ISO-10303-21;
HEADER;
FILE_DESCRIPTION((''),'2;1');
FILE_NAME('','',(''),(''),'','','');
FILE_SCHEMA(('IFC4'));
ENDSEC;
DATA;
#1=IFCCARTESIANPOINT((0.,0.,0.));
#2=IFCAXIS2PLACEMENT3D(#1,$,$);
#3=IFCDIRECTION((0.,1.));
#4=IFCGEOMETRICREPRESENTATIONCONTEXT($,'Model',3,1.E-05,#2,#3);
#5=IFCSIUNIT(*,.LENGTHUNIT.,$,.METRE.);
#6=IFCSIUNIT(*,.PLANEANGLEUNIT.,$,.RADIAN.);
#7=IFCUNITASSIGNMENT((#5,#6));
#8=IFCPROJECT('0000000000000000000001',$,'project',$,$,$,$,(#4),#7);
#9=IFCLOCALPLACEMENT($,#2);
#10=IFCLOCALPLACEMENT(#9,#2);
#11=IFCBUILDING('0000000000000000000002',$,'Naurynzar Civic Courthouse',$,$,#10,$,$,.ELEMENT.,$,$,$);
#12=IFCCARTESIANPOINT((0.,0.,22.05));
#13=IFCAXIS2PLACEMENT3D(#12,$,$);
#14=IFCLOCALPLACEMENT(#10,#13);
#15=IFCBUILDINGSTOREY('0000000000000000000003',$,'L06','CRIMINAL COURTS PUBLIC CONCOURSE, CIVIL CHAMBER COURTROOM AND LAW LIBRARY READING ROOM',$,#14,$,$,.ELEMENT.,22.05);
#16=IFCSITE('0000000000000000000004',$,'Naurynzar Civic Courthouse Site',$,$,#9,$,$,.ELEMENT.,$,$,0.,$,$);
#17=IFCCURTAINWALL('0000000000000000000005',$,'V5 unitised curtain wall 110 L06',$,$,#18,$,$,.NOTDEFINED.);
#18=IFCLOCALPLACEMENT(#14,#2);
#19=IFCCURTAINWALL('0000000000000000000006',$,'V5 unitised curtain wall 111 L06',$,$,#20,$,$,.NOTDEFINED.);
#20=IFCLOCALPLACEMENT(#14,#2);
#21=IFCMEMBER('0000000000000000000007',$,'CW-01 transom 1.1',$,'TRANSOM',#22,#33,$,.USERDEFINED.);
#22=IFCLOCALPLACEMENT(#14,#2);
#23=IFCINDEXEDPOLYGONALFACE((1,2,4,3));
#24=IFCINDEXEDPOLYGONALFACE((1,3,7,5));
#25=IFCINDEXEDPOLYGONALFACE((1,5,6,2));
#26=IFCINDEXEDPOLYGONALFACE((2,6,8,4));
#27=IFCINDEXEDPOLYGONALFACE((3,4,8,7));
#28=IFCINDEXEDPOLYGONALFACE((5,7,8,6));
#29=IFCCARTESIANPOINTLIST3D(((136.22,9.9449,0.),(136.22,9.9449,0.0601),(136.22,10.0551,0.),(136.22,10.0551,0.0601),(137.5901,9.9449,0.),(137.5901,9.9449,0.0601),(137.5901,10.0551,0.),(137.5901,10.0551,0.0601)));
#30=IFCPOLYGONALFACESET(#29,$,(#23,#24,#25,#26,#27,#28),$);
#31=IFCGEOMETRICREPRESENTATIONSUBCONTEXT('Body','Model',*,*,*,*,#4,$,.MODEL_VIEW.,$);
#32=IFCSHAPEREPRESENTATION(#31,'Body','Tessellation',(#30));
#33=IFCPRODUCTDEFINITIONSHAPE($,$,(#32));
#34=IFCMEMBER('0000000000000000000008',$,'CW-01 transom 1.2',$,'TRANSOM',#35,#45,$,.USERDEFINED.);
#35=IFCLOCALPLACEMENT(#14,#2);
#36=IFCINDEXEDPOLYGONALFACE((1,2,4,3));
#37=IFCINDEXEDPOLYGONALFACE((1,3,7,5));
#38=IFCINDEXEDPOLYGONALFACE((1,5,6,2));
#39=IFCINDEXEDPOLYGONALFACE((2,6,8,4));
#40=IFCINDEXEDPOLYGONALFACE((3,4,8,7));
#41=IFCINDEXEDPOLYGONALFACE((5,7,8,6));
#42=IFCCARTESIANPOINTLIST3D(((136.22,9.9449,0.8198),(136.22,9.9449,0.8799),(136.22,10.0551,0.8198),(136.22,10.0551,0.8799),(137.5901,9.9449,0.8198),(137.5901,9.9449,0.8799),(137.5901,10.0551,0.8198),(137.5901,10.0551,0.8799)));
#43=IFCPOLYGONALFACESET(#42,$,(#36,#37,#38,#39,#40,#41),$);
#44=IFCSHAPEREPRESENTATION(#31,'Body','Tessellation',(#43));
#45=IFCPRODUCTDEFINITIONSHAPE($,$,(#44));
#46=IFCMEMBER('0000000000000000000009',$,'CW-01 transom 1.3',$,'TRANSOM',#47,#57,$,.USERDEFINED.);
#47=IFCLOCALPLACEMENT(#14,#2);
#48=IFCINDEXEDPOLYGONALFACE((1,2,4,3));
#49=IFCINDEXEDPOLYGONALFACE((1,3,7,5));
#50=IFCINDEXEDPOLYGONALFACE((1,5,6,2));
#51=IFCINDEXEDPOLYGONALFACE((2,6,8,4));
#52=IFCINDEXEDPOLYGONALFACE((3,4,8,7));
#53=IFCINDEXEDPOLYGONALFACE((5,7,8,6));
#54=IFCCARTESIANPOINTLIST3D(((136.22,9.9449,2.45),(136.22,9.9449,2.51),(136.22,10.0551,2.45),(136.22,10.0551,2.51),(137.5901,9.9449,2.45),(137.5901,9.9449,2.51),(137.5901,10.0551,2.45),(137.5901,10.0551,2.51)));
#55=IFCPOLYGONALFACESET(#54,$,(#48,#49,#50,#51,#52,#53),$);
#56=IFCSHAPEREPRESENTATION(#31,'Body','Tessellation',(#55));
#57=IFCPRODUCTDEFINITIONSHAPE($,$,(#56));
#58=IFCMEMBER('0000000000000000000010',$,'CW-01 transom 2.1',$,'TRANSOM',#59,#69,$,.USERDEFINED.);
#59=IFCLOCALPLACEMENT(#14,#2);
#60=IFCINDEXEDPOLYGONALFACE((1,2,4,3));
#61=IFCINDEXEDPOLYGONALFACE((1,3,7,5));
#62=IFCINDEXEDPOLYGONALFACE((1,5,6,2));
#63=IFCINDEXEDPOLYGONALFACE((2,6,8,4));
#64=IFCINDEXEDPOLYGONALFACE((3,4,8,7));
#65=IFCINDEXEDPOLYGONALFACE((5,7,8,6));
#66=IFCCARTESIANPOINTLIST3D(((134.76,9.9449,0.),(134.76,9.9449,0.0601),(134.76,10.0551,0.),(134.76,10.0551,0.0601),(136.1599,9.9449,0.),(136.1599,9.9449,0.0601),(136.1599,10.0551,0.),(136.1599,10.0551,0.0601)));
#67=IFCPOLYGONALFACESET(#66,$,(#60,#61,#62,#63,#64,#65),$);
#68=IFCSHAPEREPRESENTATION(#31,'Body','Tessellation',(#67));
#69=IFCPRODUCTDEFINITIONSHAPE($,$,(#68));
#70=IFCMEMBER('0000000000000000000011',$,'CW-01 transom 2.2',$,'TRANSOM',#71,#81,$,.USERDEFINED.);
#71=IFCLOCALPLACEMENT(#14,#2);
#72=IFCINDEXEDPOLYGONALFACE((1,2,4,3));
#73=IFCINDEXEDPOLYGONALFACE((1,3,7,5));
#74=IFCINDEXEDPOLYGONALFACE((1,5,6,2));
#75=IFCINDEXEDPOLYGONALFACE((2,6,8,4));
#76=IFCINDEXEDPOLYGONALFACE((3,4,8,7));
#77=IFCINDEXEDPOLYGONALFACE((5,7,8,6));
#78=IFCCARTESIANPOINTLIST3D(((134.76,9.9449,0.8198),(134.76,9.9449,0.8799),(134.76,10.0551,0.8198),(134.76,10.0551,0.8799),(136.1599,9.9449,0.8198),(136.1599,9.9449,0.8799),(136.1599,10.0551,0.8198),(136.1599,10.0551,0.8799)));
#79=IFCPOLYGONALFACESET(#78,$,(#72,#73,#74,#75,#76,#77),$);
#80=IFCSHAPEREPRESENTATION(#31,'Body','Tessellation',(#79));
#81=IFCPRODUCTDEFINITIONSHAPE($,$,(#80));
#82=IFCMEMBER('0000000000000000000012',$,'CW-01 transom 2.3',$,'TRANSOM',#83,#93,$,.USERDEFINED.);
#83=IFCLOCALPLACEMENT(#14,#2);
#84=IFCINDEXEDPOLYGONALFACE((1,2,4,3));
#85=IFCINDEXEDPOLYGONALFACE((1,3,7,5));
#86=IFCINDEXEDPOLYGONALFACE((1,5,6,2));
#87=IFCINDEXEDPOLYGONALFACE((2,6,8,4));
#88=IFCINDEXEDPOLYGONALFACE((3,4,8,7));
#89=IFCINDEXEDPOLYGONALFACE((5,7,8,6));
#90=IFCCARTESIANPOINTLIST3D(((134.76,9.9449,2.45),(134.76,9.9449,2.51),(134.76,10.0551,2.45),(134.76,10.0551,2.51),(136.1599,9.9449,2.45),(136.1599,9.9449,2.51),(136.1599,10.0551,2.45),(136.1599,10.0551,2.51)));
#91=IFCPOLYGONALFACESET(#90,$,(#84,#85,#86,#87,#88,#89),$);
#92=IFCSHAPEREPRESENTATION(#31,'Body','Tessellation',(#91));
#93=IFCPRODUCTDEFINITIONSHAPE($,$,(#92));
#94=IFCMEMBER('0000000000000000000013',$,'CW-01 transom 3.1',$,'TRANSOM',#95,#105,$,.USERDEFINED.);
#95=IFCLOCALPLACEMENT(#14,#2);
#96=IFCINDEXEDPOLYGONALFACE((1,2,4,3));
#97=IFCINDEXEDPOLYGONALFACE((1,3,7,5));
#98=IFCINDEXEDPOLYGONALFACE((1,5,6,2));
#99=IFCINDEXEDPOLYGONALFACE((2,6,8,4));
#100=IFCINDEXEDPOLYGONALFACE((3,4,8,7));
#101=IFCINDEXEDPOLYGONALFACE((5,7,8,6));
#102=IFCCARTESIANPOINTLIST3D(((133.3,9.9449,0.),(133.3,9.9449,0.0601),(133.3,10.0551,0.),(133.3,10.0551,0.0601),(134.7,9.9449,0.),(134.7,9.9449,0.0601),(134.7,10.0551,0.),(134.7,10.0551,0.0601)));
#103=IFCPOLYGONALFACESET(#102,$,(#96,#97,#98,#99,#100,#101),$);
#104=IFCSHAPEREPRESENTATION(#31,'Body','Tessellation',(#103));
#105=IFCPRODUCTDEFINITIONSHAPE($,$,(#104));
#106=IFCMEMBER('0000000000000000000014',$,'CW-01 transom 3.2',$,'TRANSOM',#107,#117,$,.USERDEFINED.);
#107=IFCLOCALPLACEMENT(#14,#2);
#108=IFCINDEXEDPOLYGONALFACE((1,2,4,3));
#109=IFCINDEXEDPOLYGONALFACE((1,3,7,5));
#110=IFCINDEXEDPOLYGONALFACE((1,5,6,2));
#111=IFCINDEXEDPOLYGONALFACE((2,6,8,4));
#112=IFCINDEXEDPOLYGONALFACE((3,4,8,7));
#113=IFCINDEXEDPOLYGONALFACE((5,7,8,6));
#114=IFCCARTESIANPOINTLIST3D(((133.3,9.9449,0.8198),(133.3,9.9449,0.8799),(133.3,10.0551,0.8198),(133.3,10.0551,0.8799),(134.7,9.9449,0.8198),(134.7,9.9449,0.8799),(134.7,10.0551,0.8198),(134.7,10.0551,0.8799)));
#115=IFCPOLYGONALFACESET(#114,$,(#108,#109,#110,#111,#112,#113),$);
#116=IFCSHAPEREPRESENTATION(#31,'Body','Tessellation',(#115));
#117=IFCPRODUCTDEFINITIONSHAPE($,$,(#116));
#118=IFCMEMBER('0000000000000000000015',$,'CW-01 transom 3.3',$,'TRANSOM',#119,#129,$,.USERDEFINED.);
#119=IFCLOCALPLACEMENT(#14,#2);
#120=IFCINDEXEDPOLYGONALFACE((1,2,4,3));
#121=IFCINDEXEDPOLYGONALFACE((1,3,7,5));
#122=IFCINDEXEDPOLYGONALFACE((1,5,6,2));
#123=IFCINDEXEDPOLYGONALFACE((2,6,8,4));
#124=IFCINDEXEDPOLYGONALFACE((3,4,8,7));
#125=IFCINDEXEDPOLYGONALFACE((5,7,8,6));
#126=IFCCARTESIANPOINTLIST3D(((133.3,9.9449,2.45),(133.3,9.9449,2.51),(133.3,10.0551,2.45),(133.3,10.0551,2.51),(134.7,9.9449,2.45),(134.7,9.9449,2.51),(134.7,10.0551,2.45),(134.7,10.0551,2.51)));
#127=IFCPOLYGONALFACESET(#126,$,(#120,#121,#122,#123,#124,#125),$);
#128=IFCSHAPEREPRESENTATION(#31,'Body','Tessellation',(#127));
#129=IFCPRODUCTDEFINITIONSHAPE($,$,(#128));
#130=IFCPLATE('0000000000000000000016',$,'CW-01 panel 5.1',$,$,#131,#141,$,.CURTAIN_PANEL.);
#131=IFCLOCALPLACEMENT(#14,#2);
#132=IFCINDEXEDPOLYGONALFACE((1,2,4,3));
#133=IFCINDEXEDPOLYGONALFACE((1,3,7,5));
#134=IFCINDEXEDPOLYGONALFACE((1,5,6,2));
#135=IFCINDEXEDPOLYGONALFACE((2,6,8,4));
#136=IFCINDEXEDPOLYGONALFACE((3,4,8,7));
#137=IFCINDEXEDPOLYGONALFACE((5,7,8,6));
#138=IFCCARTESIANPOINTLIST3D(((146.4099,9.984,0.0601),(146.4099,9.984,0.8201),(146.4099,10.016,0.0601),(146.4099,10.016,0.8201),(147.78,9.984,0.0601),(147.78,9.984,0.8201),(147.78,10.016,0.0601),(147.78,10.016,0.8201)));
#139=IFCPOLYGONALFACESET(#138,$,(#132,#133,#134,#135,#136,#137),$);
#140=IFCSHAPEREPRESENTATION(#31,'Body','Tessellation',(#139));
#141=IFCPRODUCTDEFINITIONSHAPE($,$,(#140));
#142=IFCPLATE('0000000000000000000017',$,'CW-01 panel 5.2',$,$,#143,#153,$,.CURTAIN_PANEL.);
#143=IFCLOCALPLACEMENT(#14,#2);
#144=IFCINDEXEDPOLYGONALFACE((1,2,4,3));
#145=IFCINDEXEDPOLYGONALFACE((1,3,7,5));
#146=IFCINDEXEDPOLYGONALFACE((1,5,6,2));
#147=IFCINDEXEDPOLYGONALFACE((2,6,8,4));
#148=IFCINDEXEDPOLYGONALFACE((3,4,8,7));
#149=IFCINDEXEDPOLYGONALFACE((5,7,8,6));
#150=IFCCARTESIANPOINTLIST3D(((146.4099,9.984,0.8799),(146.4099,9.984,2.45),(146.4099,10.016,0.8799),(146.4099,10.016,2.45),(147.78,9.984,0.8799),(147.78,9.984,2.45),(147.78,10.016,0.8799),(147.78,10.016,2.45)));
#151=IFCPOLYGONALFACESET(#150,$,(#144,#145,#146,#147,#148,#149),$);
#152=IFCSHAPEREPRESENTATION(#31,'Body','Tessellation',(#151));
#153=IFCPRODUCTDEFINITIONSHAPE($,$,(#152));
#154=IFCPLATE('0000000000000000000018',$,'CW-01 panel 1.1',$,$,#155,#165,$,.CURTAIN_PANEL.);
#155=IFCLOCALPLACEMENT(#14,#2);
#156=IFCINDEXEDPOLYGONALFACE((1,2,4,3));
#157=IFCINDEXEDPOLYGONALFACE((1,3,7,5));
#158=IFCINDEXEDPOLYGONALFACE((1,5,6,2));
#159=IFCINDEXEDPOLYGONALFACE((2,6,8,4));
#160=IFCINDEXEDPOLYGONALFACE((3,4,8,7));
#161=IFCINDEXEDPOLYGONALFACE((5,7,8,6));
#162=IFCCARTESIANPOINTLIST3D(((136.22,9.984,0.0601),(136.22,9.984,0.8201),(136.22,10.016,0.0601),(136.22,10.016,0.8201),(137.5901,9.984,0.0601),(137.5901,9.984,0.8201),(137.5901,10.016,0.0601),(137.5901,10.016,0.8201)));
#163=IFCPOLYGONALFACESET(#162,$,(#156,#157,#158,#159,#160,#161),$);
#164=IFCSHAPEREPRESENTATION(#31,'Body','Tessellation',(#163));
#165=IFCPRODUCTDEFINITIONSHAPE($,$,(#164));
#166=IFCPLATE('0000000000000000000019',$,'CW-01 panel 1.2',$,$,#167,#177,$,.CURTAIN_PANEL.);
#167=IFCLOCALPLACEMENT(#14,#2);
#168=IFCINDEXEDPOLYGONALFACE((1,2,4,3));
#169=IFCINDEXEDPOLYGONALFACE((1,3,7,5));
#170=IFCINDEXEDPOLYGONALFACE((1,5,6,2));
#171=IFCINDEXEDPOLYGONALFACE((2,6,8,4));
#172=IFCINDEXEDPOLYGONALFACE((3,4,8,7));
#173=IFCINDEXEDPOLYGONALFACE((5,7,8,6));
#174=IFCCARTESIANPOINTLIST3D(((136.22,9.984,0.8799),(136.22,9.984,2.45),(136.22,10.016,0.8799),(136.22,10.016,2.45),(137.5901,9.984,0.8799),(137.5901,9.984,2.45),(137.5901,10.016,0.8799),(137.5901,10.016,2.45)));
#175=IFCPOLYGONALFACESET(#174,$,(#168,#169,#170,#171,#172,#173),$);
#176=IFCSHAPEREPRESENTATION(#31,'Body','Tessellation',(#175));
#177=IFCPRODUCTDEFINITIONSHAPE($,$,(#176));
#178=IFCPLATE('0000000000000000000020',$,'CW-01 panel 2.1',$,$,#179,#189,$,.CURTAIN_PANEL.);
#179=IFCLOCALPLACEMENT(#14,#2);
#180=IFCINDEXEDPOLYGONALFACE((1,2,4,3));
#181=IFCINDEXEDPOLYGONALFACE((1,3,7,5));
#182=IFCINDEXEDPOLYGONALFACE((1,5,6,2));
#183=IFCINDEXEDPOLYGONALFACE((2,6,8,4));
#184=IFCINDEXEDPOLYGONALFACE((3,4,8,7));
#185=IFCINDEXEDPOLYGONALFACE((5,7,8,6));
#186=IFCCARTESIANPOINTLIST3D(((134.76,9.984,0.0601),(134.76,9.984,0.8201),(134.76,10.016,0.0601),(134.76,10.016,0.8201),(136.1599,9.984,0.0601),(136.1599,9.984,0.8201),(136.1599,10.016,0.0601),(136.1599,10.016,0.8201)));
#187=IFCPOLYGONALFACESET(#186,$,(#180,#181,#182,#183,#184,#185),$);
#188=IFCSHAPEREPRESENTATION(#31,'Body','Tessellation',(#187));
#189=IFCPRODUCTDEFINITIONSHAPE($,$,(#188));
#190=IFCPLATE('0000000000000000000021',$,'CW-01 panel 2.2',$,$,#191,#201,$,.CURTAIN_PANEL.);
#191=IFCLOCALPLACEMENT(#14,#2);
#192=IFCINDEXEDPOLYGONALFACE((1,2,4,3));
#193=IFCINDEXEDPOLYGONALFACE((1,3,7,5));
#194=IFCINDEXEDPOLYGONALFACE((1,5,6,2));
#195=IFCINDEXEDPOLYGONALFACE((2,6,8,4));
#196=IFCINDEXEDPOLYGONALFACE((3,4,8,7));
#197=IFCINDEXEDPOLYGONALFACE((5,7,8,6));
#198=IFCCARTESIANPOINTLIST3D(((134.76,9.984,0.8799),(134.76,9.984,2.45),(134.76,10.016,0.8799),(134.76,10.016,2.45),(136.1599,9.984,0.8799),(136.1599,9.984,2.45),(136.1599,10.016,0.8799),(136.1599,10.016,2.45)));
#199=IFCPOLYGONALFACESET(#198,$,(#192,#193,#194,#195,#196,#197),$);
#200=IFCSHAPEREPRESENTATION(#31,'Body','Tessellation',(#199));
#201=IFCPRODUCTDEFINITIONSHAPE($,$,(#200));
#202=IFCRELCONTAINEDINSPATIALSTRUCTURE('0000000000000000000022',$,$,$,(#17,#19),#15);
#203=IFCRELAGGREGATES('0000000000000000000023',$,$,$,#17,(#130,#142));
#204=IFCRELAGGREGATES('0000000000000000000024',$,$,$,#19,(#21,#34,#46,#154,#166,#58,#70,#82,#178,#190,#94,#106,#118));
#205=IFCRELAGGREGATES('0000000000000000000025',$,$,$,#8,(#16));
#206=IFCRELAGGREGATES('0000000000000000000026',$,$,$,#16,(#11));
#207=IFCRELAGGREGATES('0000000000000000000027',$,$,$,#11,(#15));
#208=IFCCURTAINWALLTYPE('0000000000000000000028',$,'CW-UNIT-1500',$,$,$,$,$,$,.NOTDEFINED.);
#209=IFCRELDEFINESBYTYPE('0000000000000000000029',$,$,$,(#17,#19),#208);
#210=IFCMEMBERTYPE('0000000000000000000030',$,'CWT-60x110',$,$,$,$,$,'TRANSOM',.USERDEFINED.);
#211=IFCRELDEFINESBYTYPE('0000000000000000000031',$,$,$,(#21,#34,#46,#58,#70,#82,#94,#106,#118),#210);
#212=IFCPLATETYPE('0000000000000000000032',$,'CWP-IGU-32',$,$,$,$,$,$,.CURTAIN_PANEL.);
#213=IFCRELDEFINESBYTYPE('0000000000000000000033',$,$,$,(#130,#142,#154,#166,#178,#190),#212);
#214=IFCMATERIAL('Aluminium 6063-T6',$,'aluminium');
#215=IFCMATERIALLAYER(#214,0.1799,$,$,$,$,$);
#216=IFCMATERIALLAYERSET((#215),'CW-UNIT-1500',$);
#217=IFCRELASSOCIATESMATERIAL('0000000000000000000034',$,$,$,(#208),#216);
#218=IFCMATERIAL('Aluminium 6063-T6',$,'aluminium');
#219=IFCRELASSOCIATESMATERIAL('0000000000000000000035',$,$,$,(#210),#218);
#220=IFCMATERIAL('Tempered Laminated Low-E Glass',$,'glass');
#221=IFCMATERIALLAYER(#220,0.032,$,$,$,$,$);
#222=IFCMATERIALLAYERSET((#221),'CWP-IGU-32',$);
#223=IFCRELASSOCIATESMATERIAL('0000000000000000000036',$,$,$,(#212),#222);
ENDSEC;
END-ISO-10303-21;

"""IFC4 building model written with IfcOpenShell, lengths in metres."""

from ifc_helpers import new_model, si_unit, direction, frame, origin, origin_2d, place, context, subcontext, project, spatial, rectangle, extrude, material, layer, layer_set, material_profile, profile_set, type_object, element, aggregate, save


model = new_model("IFC4")

# Units and contexts
model_context = context("Model", 3, precision=1e-05, world=origin(), true_north=direction((0.0, 1.0)))
body_context = subcontext(model_context, "Body", "Model", "MODEL_VIEW")
ifc_project = project(units=[si_unit("LENGTHUNIT", "METRE"), si_unit("PLANEANGLEUNIT", "RADIAN")], contexts=[model_context])

# Site, building, storey
site_placement = place(None, origin())
site = spatial("IfcSite", under=ifc_project, at=site_placement, Name="Naurynzar Civic Courthouse Site", CompositionType="ELEMENT", RefElevation=0.0)
building_placement = place(site_placement, origin())
building = spatial("IfcBuilding", under=site, at=building_placement, Name="Naurynzar Civic Courthouse", CompositionType="ELEMENT")
storey_placement = place(building_placement, frame((0.0, 0.0, 22.05)))
storey = spatial("IfcBuildingStorey", under=building, at=storey_placement, Name="L06", Description="CRIMINAL COURTS PUBLIC CONCOURSE, CIVIL CHAMBER COURTROOM AND LAW LIBRARY READING ROOM", CompositionType="ELEMENT", Elevation=22.05)

# Curtain walls
ifc_material_1 = material(Name="Aluminium 6063-T6", Category="aluminium")
ifc_layer_1 = layer(ifc_material_1, 0.1799)
ifc_layer_set_1 = layer_set([ifc_layer_1], Name="CW-UNIT-1500")
curtain_wall_type = type_object("IfcCurtainWallType", Name="CW-UNIT-1500", PredefinedType="NOTDEFINED", material=ifc_layer_set_1)
curtain_wall_1_placement = place(storey_placement, origin())
curtain_wall_1 = element("IfcCurtainWall", 1, at=curtain_wall_1_placement, inside=storey, type_object=curtain_wall_type, Name="V5 unitised curtain wall 110 L06", PredefinedType="NOTDEFINED")
curtain_wall_2_placement = place(storey_placement, origin())
curtain_wall_2 = element("IfcCurtainWall", 2, at=curtain_wall_2_placement, inside=storey, type_object=curtain_wall_type, Name="V5 unitised curtain wall 111 L06", PredefinedType="NOTDEFINED")

# Members
ifc_material_2 = material(Name="Aluminium 6063-T6", Category="aluminium")
ifc_material_profile_1 = material_profile(ifc_material_2, rectangle(XDim=0.1101, YDim=0.0601, at=origin_2d()), Name="ALU TRANSOM 60x110")
ifc_profile_set_1 = profile_set([ifc_material_profile_1], Name="Aluminium 6063-T6")
member_type_1 = type_object("IfcMemberType", Name="CWT-60x110", ElementType="TRANSOM", PredefinedType="USERDEFINED", material=ifc_profile_set_1)
member_1_placement = place(storey_placement, frame((137.5901, 10.0, 0.03), z_axis=(-1.0, 0.0, 0.0), x_axis=(0.0, -1.0, 0.0)))
member_1 = element("IfcMember", 3, at=member_1_placement, type_object=member_type_1, Name="CW-01 transom 1.1", ObjectType="TRANSOM", PredefinedType="USERDEFINED", context=body_context, shape_type="SweptSolid", body=[
    extrude(rectangle(XDim=0.1101, YDim=0.0601, at=origin_2d()), origin(), (0.0, 0.0, 1.0), 1.3701),
])
member_2_placement = place(storey_placement, frame((137.5901, 10.0, 0.8499), z_axis=(-1.0, 0.0, 0.0), x_axis=(0.0, -1.0, 0.0)))
member_2 = element("IfcMember", 4, at=member_2_placement, type_object=member_type_1, Name="CW-01 transom 1.2", ObjectType="TRANSOM", PredefinedType="USERDEFINED", context=body_context, shape_type="SweptSolid", body=[
    extrude(rectangle(XDim=0.1101, YDim=0.0601, at=origin_2d()), origin(), (0.0, 0.0, 1.0), 1.3701),
])
member_3_placement = place(storey_placement, frame((137.5901, 10.0, 2.48), z_axis=(-1.0, 0.0, 0.0), x_axis=(0.0, -1.0, 0.0)))
member_3 = element("IfcMember", 5, at=member_3_placement, type_object=member_type_1, Name="CW-01 transom 1.3", ObjectType="TRANSOM", PredefinedType="USERDEFINED", context=body_context, shape_type="SweptSolid", body=[
    extrude(rectangle(XDim=0.1101, YDim=0.0601, at=origin_2d()), origin(), (0.0, 0.0, 1.0), 1.3701),
])
member_4_placement = place(storey_placement, frame((136.1599, 10.0, 0.03), z_axis=(-1.0, 0.0, 0.0), x_axis=(0.0, -1.0, 0.0)))
member_4 = element("IfcMember", 6, at=member_4_placement, type_object=member_type_1, Name="CW-01 transom 2.1", ObjectType="TRANSOM", PredefinedType="USERDEFINED", context=body_context, shape_type="SweptSolid", body=[
    extrude(rectangle(XDim=0.1101, YDim=0.0601, at=origin_2d()), origin(), (0.0, 0.0, 1.0), 1.3999),
])
member_5_placement = place(storey_placement, frame((136.1599, 10.0, 0.8499), z_axis=(-1.0, 0.0, 0.0), x_axis=(0.0, -1.0, 0.0)))
member_5 = element("IfcMember", 7, at=member_5_placement, type_object=member_type_1, Name="CW-01 transom 2.2", ObjectType="TRANSOM", PredefinedType="USERDEFINED", context=body_context, shape_type="SweptSolid", body=[
    extrude(rectangle(XDim=0.1101, YDim=0.0601, at=origin_2d()), origin(), (0.0, 0.0, 1.0), 1.3999),
])
member_6_placement = place(storey_placement, frame((136.1599, 10.0, 2.48), z_axis=(-1.0, 0.0, 0.0), x_axis=(0.0, -1.0, 0.0)))
member_6 = element("IfcMember", 8, at=member_6_placement, type_object=member_type_1, Name="CW-01 transom 2.3", ObjectType="TRANSOM", PredefinedType="USERDEFINED", context=body_context, shape_type="SweptSolid", body=[
    extrude(rectangle(XDim=0.1101, YDim=0.0601, at=origin_2d()), origin(), (0.0, 0.0, 1.0), 1.3999),
])
member_7_placement = place(storey_placement, frame((134.7, 10.0, 0.03), z_axis=(-1.0, 0.0, 0.0), x_axis=(0.0, -1.0, 0.0)))
member_7 = element("IfcMember", 9, at=member_7_placement, type_object=member_type_1, Name="CW-01 transom 3.1", ObjectType="TRANSOM", PredefinedType="USERDEFINED", context=body_context, shape_type="SweptSolid", body=[
    extrude(rectangle(XDim=0.1101, YDim=0.0601, at=origin_2d()), origin(), (0.0, 0.0, 1.0), 1.3999),
])
member_8_placement = place(storey_placement, frame((134.7, 10.0, 0.8499), z_axis=(-1.0, 0.0, 0.0), x_axis=(0.0, -1.0, 0.0)))
member_8 = element("IfcMember", 10, at=member_8_placement, type_object=member_type_1, Name="CW-01 transom 3.2", ObjectType="TRANSOM", PredefinedType="USERDEFINED", context=body_context, shape_type="SweptSolid", body=[
    extrude(rectangle(XDim=0.1101, YDim=0.0601, at=origin_2d()), origin(), (0.0, 0.0, 1.0), 1.3999),
])
member_9_placement = place(storey_placement, frame((134.7, 10.0, 2.48), z_axis=(-1.0, 0.0, 0.0), x_axis=(0.0, -1.0, 0.0)))
member_9 = element("IfcMember", 11, at=member_9_placement, type_object=member_type_1, Name="CW-01 transom 3.3", ObjectType="TRANSOM", PredefinedType="USERDEFINED", context=body_context, shape_type="SweptSolid", body=[
    extrude(rectangle(XDim=0.1101, YDim=0.0601, at=origin_2d()), origin(), (0.0, 0.0, 1.0), 1.3999),
])

# Plates
ifc_material_3 = material(Name="Tempered Laminated Low-E Glass", Category="glass")
ifc_layer_2 = layer(ifc_material_3, 0.032)
ifc_layer_set_2 = layer_set([ifc_layer_2], Name="CWP-IGU-32")
plate_type = type_object("IfcPlateType", Name="CWP-IGU-32", PredefinedType="CURTAIN_PANEL", material=ifc_layer_set_2)
plate_1_placement = place(storey_placement, frame((147.095, 10.0, 0.0601), z_axis=(0.0, 0.0, 1.0), x_axis=(-1.0, 0.0, 0.0)))
plate_1 = element("IfcPlate", 12, at=plate_1_placement, type_object=plate_type, Name="CW-01 panel 5.1", PredefinedType="CURTAIN_PANEL", context=body_context, shape_type="SweptSolid", body=[
    extrude(rectangle(XDim=1.3701, YDim=0.032, at=origin_2d()), origin(), (0.0, 0.0, 1.0), 0.76),
])
plate_2_placement = place(storey_placement, frame((147.095, 10.0, 0.8799), z_axis=(0.0, 0.0, 1.0), x_axis=(-1.0, 0.0, 0.0)))
plate_2 = element("IfcPlate", 13, at=plate_2_placement, type_object=plate_type, Name="CW-01 panel 5.2", PredefinedType="CURTAIN_PANEL", context=body_context, shape_type="SweptSolid", body=[
    extrude(rectangle(XDim=1.3701, YDim=0.032, at=origin_2d()), origin(), (0.0, 0.0, 1.0), 1.5701),
])
aggregate(curtain_wall_1, [plate_1, plate_2])
plate_3_placement = place(storey_placement, frame((136.905, 10.0, 0.0601), z_axis=(0.0, 0.0, 1.0), x_axis=(-1.0, 0.0, 0.0)))
plate_3 = element("IfcPlate", 14, at=plate_3_placement, type_object=plate_type, Name="CW-01 panel 1.1", PredefinedType="CURTAIN_PANEL", context=body_context, shape_type="SweptSolid", body=[
    extrude(rectangle(XDim=1.3701, YDim=0.032, at=origin_2d()), origin(), (0.0, 0.0, 1.0), 0.76),
])
plate_4_placement = place(storey_placement, frame((136.905, 10.0, 0.8799), z_axis=(0.0, 0.0, 1.0), x_axis=(-1.0, 0.0, 0.0)))
plate_4 = element("IfcPlate", 15, at=plate_4_placement, type_object=plate_type, Name="CW-01 panel 1.2", PredefinedType="CURTAIN_PANEL", context=body_context, shape_type="SweptSolid", body=[
    extrude(rectangle(XDim=1.3701, YDim=0.032, at=origin_2d()), origin(), (0.0, 0.0, 1.0), 1.5701),
])
plate_5_placement = place(storey_placement, frame((135.46, 10.0, 0.0601), z_axis=(0.0, 0.0, 1.0), x_axis=(-1.0, 0.0, 0.0)))
plate_5 = element("IfcPlate", 16, at=plate_5_placement, type_object=plate_type, Name="CW-01 panel 2.1", PredefinedType="CURTAIN_PANEL", context=body_context, shape_type="SweptSolid", body=[
    extrude(rectangle(XDim=1.3999, YDim=0.032, at=origin_2d()), origin(), (0.0, 0.0, 1.0), 0.76),
])
plate_6_placement = place(storey_placement, frame((135.46, 10.0, 0.8799), z_axis=(0.0, 0.0, 1.0), x_axis=(-1.0, 0.0, 0.0)))
plate_6 = element("IfcPlate", 17, at=plate_6_placement, type_object=plate_type, Name="CW-01 panel 2.2", PredefinedType="CURTAIN_PANEL", context=body_context, shape_type="SweptSolid", body=[
    extrude(rectangle(XDim=1.3999, YDim=0.032, at=origin_2d()), origin(), (0.0, 0.0, 1.0), 1.5701),
])
aggregate(curtain_wall_2, [member_1, member_2, member_3, plate_3, plate_4, member_4, member_5, member_6, plate_5, plate_6, member_7, member_8, member_9])

save(model, "model.ifc")
